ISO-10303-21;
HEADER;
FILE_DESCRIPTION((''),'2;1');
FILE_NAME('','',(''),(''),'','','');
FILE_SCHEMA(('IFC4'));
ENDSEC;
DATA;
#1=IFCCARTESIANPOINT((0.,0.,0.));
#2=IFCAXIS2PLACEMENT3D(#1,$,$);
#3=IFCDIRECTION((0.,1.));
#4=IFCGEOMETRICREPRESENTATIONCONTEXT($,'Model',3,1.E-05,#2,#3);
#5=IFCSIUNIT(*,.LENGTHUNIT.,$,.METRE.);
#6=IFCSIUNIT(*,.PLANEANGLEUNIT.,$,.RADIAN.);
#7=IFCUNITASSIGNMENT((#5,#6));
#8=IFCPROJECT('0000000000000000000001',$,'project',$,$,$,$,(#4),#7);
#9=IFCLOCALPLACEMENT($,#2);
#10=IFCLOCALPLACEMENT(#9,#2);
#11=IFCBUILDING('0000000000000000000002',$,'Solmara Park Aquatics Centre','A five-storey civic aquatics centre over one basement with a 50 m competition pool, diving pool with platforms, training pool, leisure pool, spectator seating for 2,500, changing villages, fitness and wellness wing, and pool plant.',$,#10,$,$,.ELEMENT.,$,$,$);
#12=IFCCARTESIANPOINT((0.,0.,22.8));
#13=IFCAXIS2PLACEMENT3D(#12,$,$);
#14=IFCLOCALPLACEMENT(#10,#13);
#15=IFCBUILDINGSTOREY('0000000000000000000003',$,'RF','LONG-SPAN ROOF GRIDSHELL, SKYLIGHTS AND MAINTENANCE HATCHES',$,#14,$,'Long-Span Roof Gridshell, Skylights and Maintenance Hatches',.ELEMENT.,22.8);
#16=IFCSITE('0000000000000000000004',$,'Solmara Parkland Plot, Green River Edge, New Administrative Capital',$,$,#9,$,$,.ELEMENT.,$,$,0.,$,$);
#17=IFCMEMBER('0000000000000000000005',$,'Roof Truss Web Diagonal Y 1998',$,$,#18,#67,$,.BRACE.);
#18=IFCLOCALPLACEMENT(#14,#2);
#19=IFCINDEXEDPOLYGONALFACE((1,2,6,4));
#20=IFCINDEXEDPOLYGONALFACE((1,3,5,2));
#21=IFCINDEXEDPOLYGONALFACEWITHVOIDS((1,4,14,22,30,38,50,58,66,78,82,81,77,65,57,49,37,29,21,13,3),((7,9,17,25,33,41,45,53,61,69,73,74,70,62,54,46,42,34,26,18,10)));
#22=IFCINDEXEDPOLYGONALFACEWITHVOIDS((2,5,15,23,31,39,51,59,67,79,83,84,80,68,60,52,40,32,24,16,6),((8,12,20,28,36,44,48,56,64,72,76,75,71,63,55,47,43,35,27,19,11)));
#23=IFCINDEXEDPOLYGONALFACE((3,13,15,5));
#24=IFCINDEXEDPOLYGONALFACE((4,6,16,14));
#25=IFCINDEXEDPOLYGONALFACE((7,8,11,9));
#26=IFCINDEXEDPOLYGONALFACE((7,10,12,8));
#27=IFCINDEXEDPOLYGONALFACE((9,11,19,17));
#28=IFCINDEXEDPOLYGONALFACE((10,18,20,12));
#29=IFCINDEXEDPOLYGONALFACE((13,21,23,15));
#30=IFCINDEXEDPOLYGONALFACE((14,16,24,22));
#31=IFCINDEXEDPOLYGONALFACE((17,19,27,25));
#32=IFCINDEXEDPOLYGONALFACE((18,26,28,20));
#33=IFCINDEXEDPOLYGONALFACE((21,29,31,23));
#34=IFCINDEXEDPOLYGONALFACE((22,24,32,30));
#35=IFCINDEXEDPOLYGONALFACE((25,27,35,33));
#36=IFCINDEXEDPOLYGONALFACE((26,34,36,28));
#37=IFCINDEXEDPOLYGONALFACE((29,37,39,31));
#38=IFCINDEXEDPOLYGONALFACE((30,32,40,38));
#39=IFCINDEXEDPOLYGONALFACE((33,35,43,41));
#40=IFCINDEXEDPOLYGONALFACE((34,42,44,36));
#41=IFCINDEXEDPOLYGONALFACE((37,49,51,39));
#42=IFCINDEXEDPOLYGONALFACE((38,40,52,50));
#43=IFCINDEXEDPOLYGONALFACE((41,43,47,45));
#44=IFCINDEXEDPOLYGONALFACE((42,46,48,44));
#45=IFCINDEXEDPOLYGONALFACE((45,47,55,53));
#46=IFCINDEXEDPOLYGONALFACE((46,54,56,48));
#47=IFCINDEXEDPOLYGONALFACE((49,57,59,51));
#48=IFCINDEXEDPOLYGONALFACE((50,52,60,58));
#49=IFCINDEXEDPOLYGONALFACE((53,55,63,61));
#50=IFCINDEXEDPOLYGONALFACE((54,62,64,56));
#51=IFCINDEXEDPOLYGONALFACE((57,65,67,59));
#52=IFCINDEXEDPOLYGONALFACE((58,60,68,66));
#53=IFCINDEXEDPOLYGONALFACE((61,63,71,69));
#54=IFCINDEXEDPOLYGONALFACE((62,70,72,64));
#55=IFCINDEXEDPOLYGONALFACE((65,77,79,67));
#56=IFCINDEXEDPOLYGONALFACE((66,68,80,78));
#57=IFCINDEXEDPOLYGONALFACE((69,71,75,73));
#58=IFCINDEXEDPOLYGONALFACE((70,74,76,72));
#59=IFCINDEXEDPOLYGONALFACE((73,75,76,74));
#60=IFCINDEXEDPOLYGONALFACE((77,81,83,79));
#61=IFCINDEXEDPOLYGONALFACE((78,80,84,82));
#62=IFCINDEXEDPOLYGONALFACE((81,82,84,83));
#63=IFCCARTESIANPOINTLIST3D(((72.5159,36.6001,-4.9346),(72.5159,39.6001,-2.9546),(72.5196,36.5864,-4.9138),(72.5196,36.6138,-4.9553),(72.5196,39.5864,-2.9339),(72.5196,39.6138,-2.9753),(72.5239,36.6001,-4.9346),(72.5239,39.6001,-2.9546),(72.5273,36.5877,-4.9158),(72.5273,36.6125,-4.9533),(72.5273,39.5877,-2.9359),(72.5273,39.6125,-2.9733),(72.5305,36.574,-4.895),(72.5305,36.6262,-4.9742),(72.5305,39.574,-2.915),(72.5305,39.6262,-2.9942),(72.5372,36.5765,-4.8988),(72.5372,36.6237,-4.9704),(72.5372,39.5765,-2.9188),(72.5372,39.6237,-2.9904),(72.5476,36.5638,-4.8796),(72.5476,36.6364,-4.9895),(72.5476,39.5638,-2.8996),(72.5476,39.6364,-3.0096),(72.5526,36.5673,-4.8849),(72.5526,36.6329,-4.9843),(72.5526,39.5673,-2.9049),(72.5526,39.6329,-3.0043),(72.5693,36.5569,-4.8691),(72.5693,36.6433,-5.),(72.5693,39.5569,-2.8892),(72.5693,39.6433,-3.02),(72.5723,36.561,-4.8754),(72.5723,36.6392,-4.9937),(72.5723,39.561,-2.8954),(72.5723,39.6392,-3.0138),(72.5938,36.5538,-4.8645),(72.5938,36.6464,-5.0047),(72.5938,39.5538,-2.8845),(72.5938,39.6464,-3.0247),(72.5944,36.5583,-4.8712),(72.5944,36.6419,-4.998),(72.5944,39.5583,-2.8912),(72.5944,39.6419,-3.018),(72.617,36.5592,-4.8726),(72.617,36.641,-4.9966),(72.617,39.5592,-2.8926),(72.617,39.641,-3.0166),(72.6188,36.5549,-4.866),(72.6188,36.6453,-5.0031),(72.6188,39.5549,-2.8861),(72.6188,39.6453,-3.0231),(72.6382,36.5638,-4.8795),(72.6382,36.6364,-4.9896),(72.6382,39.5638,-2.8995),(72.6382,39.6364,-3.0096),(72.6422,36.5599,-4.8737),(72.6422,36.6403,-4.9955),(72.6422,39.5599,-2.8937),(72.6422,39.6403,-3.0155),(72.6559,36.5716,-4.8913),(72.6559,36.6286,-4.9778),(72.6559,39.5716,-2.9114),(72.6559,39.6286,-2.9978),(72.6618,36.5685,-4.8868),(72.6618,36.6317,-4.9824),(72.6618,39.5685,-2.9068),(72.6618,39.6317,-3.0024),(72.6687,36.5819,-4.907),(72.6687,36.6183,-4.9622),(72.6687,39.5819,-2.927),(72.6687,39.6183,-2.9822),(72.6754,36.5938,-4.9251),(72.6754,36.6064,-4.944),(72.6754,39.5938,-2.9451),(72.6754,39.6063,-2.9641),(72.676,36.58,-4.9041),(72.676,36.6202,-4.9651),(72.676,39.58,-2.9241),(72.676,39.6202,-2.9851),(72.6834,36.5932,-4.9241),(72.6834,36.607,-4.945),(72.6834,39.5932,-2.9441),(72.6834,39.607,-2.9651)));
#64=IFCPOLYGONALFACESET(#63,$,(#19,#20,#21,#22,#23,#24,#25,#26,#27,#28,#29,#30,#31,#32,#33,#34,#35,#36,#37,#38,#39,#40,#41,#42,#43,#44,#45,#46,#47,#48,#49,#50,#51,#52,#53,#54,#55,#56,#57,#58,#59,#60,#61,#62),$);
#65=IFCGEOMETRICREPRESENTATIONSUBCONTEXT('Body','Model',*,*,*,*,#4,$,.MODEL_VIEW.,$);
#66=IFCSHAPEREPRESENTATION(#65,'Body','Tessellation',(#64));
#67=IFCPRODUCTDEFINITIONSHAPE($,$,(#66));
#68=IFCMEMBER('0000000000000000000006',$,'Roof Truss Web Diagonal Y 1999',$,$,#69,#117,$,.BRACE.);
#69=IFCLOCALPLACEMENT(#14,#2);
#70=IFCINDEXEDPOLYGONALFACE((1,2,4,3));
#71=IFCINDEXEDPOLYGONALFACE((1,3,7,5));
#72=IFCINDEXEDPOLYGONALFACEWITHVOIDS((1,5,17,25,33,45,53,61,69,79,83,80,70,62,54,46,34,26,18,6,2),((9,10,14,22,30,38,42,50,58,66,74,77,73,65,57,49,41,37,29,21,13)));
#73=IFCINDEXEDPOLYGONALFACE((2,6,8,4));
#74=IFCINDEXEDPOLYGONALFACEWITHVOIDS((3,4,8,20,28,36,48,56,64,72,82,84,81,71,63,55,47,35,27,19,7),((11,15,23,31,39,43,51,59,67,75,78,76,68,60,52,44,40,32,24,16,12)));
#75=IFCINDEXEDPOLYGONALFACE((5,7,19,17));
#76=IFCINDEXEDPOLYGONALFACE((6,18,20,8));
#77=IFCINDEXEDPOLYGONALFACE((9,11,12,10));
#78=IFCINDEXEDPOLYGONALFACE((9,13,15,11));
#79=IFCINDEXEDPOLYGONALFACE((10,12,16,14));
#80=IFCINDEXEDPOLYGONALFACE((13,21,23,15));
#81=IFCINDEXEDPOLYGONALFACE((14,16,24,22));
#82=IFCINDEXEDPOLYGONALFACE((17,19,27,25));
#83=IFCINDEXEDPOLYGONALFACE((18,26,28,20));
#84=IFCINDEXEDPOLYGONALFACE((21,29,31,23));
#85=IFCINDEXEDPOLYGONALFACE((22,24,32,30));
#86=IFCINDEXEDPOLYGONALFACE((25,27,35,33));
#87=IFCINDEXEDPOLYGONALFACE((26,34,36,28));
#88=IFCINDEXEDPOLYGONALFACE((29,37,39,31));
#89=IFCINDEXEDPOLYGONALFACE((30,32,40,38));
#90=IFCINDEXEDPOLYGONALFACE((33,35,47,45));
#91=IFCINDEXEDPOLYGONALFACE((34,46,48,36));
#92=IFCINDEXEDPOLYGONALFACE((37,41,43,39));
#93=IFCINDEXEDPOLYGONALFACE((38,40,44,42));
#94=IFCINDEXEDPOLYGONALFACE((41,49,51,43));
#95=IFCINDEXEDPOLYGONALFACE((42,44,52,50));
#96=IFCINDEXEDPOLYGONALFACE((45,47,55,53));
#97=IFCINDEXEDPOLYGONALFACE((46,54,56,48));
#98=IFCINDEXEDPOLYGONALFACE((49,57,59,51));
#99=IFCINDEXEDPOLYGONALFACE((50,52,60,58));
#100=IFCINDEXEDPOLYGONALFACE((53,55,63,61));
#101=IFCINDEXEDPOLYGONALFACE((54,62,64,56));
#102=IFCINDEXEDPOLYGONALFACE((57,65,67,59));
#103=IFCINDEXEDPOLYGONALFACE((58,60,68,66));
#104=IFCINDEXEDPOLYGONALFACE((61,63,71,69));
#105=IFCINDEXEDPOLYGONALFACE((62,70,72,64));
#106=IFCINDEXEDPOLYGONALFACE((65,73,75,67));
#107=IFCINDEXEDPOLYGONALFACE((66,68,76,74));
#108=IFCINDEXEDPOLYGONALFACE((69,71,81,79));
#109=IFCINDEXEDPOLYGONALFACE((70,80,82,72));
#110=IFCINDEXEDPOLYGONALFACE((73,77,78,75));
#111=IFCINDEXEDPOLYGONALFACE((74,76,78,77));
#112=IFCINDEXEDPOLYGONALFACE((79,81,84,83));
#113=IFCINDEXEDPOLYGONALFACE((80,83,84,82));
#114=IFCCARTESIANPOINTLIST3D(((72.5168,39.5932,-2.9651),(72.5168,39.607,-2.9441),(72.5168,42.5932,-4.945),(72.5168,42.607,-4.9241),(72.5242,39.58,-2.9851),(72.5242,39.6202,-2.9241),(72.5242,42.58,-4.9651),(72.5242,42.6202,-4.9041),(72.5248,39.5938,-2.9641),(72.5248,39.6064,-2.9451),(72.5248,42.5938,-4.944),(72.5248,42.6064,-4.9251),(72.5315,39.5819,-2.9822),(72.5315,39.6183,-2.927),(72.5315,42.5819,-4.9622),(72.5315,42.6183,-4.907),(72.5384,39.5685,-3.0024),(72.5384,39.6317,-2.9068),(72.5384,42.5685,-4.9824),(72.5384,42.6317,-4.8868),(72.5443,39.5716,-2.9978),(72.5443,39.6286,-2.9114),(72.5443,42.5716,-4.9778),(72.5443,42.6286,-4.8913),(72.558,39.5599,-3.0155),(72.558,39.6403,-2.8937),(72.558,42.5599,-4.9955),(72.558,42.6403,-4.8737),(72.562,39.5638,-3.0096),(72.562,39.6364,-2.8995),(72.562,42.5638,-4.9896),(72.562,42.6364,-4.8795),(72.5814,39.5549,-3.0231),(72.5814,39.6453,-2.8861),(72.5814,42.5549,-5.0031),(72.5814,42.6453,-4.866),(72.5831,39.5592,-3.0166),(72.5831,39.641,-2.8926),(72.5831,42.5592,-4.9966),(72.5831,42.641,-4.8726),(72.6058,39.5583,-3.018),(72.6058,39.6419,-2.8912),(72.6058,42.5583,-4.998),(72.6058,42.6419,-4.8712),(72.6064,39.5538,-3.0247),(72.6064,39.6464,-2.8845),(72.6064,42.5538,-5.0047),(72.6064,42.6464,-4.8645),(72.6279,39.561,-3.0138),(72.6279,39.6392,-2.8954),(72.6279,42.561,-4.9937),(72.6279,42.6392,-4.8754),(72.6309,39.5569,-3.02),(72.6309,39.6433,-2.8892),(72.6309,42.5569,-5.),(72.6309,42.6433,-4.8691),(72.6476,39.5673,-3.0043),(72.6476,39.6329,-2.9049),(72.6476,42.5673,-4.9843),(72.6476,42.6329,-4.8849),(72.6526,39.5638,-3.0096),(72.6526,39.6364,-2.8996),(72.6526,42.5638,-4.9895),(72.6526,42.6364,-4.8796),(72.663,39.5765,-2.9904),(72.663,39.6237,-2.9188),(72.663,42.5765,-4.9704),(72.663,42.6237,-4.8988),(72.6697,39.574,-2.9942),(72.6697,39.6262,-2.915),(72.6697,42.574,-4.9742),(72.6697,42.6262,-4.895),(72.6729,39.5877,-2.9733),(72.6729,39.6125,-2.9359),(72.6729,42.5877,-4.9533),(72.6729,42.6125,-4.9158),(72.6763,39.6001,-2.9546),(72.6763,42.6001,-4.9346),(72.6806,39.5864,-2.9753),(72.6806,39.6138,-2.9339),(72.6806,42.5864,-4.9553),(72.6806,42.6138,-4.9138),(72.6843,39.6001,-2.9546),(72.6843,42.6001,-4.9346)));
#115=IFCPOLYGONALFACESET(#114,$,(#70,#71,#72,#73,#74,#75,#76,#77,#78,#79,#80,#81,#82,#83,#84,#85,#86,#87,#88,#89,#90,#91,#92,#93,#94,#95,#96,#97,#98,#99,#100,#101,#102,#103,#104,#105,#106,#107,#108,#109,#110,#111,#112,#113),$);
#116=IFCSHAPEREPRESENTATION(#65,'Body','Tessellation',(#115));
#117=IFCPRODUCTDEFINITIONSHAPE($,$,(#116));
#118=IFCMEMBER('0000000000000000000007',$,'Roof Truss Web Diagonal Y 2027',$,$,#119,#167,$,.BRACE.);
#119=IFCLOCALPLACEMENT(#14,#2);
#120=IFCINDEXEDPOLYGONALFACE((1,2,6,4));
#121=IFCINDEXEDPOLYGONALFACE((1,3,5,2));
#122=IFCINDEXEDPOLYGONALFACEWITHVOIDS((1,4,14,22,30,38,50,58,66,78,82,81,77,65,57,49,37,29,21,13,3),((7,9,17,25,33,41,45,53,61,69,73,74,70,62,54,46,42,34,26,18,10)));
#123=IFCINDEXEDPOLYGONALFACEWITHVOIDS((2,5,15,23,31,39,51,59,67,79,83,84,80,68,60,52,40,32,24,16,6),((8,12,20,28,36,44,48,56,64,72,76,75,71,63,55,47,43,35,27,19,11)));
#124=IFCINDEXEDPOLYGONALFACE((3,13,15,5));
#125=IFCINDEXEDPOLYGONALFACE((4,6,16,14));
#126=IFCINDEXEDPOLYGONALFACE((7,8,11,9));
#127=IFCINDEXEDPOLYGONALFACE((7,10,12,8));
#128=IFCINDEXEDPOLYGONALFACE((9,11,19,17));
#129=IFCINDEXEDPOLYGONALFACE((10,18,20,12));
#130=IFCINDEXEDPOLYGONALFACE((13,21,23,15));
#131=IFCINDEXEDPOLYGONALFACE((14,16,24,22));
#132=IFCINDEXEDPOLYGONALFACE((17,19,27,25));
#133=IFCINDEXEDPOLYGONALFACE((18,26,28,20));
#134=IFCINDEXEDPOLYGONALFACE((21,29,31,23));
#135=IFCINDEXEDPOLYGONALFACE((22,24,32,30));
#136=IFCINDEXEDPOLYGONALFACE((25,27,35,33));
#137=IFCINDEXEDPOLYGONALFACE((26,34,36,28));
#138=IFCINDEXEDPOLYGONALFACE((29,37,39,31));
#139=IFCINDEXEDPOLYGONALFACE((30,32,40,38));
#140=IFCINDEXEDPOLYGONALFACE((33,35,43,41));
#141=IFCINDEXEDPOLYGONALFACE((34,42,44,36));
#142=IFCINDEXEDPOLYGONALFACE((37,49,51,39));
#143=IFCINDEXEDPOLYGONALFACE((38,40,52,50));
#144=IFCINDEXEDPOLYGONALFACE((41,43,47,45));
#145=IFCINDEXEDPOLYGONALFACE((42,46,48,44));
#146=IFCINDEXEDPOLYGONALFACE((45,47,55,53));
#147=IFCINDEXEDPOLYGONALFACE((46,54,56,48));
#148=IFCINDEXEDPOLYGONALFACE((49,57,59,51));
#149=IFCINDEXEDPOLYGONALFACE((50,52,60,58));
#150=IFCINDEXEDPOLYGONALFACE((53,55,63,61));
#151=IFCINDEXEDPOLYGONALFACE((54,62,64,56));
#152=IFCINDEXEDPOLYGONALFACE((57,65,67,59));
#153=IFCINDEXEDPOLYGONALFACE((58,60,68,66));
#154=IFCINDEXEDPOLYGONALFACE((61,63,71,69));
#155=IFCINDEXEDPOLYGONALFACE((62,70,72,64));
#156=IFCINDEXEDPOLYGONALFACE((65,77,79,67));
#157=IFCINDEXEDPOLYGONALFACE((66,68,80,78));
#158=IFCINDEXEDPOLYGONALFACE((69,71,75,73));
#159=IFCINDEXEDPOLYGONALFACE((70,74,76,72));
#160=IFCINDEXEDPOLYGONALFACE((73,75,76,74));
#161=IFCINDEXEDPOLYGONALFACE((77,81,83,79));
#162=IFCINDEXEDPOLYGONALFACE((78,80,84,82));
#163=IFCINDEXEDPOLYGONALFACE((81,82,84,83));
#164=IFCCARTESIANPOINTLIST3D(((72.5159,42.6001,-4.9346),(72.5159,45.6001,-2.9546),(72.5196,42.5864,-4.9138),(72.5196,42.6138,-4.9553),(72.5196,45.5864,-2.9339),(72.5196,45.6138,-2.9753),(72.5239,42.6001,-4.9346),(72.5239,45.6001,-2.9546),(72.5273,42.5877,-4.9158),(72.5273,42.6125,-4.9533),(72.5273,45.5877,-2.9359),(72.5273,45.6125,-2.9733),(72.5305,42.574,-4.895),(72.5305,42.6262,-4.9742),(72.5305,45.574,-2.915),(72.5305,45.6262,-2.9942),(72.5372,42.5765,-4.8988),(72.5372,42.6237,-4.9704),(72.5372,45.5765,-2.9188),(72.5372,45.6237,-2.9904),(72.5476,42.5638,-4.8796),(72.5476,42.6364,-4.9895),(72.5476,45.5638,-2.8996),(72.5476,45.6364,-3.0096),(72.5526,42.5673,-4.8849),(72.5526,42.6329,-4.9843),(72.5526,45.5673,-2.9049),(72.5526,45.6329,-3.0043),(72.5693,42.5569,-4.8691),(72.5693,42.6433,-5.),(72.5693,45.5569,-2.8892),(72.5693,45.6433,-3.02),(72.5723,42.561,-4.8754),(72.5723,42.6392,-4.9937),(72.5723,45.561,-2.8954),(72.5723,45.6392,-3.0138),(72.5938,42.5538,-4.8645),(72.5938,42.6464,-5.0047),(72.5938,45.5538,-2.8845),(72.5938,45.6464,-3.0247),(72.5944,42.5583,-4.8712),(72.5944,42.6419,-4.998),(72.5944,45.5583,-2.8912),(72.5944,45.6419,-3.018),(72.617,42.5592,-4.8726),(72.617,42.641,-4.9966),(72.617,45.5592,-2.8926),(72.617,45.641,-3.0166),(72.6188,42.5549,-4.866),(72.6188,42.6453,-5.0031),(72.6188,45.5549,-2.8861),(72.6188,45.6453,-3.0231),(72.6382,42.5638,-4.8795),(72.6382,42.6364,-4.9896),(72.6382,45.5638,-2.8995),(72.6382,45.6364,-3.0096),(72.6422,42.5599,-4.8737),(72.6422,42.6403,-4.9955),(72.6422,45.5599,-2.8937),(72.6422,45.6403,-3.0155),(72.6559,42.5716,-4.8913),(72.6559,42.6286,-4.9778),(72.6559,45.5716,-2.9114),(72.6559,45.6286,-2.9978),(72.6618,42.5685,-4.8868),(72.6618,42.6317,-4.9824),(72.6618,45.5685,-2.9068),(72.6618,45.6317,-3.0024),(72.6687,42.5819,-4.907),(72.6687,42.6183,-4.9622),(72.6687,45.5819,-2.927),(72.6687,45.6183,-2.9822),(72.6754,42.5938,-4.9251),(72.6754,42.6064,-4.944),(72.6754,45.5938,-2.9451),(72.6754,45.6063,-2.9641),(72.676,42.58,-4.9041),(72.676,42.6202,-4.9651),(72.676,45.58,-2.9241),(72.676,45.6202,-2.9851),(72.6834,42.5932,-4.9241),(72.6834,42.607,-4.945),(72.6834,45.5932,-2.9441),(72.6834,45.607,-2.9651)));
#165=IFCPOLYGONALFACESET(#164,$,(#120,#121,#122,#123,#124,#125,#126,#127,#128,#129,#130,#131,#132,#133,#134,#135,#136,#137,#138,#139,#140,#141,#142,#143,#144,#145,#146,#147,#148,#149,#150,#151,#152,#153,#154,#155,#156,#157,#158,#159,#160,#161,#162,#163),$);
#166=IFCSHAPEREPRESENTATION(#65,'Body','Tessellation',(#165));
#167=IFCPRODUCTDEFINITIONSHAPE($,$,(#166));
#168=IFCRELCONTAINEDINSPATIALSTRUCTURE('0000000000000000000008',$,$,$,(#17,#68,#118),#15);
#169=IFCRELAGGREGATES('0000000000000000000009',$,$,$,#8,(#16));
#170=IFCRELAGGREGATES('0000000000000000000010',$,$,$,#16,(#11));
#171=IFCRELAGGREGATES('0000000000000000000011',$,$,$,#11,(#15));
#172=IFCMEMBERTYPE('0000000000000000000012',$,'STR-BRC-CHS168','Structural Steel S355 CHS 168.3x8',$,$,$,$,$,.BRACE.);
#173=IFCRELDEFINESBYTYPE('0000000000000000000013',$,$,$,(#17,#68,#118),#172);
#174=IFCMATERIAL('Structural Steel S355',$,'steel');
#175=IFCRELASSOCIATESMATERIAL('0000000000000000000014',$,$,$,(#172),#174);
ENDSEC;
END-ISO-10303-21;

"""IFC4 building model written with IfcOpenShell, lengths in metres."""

from ifc_helpers import new_model, si_unit, direction, frame, origin, origin_2d, place, context, subcontext, project, spatial, hollow_circle, extrude, material, material_profile, profile_set, type_object, element, save


model = new_model("IFC4")

# Units and contexts
model_context = context("Model", 3, precision=1e-05, world=origin(), true_north=direction((0.0, 1.0)))
body_context = subcontext(model_context, "Body", "Model", "MODEL_VIEW")
ifc_project = project(units=[si_unit("LENGTHUNIT", "METRE"), si_unit("PLANEANGLEUNIT", "RADIAN")], contexts=[model_context])

# Site, building, storey
site_placement = place(None, origin())
site = spatial("IfcSite", under=ifc_project, at=site_placement, Name="Solmara Parkland Plot, Green River Edge, New Administrative Capital", CompositionType="ELEMENT", RefElevation=0.0)
building_placement = place(site_placement, origin())
building = spatial("IfcBuilding", under=site, at=building_placement, Name="Solmara Park Aquatics Centre", Description="A five-storey civic aquatics centre over one basement with a 50 m competition pool, diving pool with platforms, training pool, leisure pool, spectator seating for 2,500, changing villages, fitness and wellness wing, and pool plant.", CompositionType="ELEMENT")
storey_placement = place(building_placement, frame((0.0, 0.0, 22.8)))
storey = spatial("IfcBuildingStorey", under=building, at=storey_placement, Name="RF", Description="LONG-SPAN ROOF GRIDSHELL, SKYLIGHTS AND MAINTENANCE HATCHES", LongName="Long-Span Roof Gridshell, Skylights and Maintenance Hatches", CompositionType="ELEMENT", Elevation=22.8)

# Members
ifc_material_1 = material(Name="Structural Steel S355", Category="steel")
ifc_material_profile_1 = material_profile(ifc_material_1, hollow_circle(Radius=0.0842, WallThickness=0.0081, at=origin_2d()), Name="CHS 168.3x8")
ifc_profile_set_1 = profile_set([ifc_material_profile_1], Name="Structural Steel S355")
member_type_1 = type_object("IfcMemberType", Name="STR-BRC-CHS168", Description="Structural Steel S355 CHS 168.3x8", PredefinedType="BRACE", material=ifc_profile_set_1)
for number, where, z_axis, x_axis, name in (
    (1, (72.6001, 36.6001, -4.9346), (0.0, 0.834612, 0.550838), (-1.0, 0.0, 0.0), "Roof Truss Web Diagonal Y 1998"),
    (2, (72.6001, 42.6001, -4.9346), (0.0, -0.834612, 0.550838), (1.0, 0.0, 0.0), "Roof Truss Web Diagonal Y 1999"),
    (3, (72.6001, 42.6001, -4.9346), (0.0, 0.834612, 0.550838), (-1.0, 0.0, 0.0), "Roof Truss Web Diagonal Y 2027"),
):
    element("IfcMember", number, at=place(storey_placement, frame(where, z_axis=z_axis, x_axis=x_axis)), inside=storey, type_object=member_type_1, Name=name, PredefinedType="BRACE", context=body_context, shape_type="SweptSolid", body=[
        extrude(hollow_circle(Radius=0.0842, WallThickness=0.0081, at=origin_2d()), origin(), (0.0, 0.0, 1.0), 3.5945),
    ])

save(model, "model.ifc")
